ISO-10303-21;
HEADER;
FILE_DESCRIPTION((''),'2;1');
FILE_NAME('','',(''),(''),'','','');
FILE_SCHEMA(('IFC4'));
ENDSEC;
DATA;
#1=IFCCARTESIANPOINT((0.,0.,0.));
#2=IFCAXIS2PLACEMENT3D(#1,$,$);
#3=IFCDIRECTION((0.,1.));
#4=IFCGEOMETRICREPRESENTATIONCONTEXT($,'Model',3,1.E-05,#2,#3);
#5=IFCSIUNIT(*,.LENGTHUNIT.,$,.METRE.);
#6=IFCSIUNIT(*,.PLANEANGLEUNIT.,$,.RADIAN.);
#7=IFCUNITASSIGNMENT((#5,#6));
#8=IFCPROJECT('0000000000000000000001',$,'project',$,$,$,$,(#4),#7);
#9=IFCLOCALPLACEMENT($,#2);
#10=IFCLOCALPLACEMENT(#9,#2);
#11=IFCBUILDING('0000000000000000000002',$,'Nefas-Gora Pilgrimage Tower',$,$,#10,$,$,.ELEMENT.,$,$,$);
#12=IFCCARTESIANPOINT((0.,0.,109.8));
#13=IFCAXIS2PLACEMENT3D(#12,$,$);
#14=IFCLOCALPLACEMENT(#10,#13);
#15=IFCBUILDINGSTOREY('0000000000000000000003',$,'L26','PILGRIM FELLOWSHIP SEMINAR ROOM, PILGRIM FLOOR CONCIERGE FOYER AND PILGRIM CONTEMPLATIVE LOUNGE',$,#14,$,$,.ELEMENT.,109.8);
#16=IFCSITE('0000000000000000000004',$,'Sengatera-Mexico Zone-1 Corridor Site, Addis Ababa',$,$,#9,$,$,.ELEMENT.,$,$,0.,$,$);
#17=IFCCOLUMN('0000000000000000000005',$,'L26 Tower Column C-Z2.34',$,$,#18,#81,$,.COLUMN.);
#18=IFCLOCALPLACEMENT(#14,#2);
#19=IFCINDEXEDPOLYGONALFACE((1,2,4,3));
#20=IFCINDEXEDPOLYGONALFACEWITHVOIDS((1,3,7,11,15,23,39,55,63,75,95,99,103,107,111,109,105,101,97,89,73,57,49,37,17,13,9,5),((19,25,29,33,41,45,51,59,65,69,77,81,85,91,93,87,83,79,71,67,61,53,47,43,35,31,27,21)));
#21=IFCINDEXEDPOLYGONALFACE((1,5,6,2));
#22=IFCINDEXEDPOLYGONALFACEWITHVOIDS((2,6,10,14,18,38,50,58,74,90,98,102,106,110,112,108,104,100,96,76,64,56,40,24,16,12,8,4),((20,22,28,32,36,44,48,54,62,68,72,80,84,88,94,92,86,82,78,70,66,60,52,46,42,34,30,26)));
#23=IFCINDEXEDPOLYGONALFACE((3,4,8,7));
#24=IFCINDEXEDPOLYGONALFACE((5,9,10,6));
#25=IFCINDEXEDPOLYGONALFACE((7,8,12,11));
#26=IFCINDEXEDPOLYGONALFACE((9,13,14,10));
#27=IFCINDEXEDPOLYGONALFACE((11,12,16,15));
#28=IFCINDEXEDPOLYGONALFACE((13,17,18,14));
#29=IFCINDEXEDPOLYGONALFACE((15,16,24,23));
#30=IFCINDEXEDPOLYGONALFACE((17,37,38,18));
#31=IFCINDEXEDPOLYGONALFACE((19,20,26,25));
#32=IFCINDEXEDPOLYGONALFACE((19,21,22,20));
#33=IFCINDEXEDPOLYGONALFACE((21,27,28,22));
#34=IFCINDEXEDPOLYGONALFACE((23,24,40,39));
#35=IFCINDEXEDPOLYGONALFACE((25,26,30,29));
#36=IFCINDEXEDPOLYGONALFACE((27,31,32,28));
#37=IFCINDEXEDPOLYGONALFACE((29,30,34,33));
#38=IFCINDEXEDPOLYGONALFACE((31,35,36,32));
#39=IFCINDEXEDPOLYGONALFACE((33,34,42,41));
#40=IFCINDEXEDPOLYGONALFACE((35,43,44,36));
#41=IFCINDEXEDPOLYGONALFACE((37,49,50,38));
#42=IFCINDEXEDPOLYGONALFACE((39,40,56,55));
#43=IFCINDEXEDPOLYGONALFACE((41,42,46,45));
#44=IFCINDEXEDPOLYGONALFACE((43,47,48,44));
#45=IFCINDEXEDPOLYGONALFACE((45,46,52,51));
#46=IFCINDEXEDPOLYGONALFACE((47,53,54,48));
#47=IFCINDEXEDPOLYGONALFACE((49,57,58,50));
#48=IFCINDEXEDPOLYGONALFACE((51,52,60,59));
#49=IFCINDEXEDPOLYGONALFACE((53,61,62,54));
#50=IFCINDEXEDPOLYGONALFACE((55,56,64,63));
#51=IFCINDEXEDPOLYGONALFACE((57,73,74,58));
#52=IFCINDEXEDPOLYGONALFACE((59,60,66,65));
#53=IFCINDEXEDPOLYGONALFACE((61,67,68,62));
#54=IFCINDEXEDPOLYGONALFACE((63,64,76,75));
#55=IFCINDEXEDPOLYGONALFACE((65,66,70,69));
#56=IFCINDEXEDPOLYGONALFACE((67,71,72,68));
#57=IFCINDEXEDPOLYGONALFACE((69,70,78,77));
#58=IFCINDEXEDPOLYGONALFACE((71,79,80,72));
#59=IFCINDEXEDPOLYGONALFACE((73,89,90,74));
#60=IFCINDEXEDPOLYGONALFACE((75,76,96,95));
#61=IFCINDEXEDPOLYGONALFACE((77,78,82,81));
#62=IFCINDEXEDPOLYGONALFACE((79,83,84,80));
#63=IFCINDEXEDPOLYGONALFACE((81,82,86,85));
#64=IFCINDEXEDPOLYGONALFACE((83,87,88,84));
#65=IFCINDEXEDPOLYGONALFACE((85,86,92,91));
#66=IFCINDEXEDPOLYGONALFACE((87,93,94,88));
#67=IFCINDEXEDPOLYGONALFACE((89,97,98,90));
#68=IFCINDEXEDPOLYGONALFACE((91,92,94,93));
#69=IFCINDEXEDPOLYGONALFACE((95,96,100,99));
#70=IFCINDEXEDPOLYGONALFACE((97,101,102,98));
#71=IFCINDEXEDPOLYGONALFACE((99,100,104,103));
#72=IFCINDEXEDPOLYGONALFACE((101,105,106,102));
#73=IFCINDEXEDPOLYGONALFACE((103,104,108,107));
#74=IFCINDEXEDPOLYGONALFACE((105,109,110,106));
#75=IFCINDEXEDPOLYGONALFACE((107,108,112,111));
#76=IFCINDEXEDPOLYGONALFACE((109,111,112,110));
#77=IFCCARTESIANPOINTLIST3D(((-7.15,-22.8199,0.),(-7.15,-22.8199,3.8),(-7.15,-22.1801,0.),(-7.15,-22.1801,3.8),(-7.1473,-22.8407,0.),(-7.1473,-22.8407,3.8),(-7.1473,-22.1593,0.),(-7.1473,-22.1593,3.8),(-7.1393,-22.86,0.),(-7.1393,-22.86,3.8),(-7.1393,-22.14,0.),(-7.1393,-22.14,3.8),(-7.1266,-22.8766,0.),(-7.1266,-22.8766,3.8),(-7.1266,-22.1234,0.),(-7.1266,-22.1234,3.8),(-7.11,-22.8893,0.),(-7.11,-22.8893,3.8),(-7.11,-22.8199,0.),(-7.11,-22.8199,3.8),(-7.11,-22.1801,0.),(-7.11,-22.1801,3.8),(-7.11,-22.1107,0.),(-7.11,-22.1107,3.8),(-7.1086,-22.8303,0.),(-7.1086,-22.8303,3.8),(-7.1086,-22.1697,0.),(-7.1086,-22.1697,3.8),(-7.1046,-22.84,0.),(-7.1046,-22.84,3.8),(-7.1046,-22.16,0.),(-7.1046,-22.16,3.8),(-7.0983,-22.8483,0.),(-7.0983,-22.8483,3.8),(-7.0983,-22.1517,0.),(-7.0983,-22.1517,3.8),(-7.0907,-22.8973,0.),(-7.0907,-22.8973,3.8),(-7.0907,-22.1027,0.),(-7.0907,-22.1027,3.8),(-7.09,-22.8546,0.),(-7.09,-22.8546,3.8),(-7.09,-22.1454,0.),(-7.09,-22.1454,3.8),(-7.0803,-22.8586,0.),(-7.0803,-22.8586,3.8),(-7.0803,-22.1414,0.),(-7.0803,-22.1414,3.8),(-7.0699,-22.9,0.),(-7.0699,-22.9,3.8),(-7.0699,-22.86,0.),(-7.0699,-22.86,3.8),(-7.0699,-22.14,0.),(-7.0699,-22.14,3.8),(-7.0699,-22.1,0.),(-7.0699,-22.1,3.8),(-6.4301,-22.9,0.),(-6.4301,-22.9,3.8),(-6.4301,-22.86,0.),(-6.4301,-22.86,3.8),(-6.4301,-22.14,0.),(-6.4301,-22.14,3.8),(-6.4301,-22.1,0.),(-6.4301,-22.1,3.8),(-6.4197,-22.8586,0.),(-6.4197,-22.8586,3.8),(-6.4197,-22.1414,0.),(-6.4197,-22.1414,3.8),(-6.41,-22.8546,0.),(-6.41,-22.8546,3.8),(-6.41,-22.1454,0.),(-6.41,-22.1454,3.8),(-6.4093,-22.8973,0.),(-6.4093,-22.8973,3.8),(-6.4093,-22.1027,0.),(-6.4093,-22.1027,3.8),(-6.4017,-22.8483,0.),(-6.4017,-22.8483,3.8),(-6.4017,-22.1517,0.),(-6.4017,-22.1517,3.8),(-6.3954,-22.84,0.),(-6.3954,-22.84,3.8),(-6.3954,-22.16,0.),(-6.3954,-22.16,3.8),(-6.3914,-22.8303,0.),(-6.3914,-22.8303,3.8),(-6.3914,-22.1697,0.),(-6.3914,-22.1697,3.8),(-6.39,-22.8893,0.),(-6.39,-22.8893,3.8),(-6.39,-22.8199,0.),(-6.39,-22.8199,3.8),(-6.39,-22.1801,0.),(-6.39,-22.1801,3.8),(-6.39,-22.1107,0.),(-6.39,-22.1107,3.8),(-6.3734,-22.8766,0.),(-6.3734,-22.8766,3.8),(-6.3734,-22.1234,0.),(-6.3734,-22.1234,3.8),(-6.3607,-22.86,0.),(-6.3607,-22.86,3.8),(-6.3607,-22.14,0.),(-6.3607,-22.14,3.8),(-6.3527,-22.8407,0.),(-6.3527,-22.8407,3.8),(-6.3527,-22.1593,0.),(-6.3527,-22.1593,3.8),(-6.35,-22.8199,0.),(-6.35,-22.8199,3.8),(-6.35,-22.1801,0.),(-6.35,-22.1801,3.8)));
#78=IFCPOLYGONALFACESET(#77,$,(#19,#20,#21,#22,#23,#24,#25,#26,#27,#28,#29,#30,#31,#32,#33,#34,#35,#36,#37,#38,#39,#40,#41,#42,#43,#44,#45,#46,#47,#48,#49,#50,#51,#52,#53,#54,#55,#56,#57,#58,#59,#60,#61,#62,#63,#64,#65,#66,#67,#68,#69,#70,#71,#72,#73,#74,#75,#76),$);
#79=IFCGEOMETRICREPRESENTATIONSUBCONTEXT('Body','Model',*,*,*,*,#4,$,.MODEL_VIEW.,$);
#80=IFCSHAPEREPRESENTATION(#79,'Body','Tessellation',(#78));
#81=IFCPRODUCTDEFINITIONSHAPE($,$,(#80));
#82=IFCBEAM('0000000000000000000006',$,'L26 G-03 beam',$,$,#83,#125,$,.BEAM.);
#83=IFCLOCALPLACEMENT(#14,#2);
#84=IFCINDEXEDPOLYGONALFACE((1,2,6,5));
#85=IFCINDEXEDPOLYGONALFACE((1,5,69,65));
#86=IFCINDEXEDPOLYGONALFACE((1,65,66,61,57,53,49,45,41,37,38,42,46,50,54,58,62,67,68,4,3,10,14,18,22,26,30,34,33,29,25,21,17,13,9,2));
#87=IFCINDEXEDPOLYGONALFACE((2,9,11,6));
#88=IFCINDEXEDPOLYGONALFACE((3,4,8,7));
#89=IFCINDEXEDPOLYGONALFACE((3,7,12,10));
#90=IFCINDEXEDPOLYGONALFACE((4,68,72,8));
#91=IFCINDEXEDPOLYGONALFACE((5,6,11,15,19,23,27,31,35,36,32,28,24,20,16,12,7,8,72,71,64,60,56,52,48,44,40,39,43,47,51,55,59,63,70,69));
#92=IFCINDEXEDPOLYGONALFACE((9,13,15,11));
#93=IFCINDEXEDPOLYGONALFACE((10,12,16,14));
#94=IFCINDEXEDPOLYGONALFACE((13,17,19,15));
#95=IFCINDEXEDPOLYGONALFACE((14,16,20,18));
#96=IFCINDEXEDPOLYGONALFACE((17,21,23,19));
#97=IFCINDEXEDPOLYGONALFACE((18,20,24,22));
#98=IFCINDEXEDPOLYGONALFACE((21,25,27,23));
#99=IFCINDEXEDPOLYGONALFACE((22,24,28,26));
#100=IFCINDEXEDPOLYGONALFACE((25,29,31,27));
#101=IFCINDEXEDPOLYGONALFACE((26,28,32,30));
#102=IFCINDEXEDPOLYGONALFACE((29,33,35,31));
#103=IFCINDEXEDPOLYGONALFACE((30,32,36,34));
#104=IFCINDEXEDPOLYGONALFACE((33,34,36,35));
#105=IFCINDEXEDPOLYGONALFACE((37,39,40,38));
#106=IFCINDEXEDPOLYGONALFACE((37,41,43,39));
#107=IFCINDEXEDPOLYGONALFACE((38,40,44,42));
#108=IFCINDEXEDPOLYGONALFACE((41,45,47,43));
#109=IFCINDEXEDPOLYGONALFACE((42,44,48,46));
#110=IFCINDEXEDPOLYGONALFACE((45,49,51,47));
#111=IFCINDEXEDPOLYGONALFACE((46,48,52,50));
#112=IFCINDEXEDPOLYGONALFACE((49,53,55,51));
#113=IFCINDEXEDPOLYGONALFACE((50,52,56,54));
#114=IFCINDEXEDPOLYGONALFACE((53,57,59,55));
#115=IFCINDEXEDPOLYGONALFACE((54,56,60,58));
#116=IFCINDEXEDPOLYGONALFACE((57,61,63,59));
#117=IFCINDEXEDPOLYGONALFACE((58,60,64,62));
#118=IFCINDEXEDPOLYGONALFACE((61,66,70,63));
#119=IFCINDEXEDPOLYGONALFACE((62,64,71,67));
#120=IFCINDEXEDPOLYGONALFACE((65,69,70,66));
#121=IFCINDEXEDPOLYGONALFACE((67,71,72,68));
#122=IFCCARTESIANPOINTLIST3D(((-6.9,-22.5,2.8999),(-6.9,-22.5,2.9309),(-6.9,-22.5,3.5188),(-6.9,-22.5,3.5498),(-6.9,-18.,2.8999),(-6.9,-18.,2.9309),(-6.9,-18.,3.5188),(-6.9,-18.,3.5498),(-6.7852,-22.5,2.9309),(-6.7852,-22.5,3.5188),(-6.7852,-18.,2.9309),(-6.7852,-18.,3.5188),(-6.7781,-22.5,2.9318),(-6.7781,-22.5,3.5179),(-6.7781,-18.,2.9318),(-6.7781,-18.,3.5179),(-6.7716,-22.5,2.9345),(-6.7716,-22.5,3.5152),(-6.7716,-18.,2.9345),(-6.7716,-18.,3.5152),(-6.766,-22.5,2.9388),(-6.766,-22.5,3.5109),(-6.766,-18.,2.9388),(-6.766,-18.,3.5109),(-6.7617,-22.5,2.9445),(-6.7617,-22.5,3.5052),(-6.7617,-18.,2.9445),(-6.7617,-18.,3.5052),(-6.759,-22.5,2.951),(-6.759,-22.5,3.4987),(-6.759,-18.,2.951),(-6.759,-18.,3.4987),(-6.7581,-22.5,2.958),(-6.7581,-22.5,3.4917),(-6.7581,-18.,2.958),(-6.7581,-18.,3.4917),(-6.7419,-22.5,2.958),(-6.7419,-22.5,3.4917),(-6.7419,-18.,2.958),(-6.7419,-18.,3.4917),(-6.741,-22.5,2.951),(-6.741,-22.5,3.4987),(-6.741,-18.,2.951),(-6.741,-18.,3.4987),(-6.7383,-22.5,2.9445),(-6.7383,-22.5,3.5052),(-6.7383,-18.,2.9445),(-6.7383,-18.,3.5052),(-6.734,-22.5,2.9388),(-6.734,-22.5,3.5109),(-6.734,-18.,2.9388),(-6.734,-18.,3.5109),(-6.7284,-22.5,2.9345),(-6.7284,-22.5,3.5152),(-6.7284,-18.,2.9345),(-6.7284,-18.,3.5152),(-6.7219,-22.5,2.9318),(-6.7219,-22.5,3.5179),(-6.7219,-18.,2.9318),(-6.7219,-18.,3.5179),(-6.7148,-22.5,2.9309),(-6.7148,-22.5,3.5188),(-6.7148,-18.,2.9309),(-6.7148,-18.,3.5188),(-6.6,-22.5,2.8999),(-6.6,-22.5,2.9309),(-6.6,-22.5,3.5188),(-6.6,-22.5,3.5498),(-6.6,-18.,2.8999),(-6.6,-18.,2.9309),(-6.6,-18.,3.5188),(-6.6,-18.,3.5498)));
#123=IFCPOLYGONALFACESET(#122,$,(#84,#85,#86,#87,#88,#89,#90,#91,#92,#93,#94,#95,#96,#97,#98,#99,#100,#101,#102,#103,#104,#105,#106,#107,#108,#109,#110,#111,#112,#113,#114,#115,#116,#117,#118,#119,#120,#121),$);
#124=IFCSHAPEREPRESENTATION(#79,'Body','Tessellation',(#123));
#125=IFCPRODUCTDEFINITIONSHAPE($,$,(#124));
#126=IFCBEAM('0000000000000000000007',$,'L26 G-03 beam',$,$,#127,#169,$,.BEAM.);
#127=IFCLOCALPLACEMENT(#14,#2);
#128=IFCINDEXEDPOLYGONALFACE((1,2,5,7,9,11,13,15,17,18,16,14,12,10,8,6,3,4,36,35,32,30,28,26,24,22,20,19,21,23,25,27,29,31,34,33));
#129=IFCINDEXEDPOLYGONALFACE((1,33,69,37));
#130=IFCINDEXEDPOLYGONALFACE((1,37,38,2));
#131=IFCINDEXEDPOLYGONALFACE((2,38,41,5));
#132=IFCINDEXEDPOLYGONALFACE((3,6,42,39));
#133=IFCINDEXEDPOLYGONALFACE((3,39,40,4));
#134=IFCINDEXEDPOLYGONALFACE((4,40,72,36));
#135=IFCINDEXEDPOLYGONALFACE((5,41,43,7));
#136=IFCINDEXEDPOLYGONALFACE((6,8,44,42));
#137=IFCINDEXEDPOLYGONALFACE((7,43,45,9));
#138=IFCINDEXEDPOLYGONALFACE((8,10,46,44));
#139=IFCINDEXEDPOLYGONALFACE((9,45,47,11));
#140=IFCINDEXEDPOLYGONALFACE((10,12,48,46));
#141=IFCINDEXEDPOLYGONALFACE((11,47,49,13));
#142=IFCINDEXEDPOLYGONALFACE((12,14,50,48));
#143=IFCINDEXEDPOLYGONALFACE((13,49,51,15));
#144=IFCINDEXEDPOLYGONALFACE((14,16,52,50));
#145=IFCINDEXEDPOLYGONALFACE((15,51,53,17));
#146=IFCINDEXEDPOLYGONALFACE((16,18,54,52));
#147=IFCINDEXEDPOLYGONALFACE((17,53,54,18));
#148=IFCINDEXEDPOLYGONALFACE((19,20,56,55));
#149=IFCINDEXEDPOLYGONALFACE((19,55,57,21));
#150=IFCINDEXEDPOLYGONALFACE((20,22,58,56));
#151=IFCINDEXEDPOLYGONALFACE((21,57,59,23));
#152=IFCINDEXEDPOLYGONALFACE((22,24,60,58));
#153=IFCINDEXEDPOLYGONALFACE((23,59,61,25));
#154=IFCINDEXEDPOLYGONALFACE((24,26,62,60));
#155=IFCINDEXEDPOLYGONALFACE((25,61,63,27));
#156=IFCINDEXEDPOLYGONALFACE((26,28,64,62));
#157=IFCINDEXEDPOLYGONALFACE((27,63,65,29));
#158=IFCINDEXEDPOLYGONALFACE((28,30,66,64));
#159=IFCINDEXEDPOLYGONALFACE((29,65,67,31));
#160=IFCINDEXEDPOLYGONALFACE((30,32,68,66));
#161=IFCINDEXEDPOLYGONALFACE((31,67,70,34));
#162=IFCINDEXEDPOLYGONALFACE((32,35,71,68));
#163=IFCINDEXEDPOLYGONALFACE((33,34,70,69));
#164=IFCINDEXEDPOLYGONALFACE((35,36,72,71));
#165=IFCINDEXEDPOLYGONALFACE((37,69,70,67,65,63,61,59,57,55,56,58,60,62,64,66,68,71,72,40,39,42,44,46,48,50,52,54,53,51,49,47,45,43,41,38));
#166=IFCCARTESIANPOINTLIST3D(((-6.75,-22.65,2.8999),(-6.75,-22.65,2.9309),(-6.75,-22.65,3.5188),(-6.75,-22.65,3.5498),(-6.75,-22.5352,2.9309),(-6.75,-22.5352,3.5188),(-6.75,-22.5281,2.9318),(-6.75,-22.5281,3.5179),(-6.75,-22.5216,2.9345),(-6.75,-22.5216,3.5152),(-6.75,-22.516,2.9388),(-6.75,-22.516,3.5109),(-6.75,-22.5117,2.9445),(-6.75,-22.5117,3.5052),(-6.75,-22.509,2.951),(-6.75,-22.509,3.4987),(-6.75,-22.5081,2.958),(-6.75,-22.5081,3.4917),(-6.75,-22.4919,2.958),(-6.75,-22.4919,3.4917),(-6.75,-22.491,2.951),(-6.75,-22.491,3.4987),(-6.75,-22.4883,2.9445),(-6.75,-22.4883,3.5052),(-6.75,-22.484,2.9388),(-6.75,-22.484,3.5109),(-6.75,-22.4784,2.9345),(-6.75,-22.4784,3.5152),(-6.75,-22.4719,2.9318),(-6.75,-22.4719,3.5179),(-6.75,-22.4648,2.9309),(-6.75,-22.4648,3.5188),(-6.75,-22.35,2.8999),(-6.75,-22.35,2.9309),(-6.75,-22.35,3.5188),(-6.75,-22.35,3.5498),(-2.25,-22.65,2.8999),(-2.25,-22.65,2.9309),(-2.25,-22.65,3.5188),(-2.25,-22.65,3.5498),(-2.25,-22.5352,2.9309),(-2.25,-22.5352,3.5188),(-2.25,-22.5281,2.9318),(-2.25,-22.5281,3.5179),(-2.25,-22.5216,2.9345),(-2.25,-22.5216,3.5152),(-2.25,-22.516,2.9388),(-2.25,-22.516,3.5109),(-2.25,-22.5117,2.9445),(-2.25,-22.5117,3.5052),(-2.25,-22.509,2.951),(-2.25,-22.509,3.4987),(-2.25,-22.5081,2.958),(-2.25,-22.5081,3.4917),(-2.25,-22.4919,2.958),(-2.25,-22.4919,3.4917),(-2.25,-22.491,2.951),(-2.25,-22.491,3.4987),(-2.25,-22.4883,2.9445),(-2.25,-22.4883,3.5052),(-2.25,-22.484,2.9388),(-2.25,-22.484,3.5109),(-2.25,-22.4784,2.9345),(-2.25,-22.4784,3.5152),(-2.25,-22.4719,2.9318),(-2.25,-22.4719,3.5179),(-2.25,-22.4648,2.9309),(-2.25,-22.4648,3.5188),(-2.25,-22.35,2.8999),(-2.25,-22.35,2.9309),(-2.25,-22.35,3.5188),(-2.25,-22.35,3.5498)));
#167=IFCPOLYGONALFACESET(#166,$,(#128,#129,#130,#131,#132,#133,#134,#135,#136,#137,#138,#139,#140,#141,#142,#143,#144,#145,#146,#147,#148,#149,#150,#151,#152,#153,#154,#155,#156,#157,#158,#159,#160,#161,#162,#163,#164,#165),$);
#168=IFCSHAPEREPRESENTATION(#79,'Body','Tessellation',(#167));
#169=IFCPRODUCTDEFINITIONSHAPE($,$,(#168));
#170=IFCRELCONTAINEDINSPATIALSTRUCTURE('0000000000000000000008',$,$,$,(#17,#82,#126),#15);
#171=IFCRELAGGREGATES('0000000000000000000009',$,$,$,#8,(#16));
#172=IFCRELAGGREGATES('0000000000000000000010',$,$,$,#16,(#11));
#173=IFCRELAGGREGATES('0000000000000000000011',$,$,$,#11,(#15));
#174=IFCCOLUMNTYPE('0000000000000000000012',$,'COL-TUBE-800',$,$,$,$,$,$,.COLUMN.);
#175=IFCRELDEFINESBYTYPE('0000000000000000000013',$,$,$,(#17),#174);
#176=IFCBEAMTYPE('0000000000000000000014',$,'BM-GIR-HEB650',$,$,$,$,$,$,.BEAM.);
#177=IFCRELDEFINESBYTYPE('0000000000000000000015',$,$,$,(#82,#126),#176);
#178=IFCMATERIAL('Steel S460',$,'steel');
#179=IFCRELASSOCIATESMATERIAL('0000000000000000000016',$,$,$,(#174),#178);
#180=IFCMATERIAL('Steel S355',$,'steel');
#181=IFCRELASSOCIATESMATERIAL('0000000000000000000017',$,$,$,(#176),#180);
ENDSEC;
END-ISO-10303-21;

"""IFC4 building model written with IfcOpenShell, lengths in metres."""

from ifc_helpers import new_model, si_unit, direction, frame, origin, origin_2d, place, context, subcontext, project, spatial, hollow_rectangle, i_section, extrude, source, transform, mapped, material, material_profile, profile_set, type_object, element, save


model = new_model("IFC4")

# Units and contexts
model_context = context("Model", 3, precision=1e-05, world=origin(), true_north=direction((0.0, 1.0)))
body_context = subcontext(model_context, "Body", "Model", "MODEL_VIEW")
ifc_project = project(units=[si_unit("LENGTHUNIT", "METRE"), si_unit("PLANEANGLEUNIT", "RADIAN")], contexts=[model_context])

# Site, building, storey
site_placement = place(None, origin())
site = spatial("IfcSite", under=ifc_project, at=site_placement, Name="Sengatera-Mexico Zone-1 Corridor Site, Addis Ababa", CompositionType="ELEMENT", RefElevation=0.0)
building_placement = place(site_placement, origin())
building = spatial("IfcBuilding", under=site, at=building_placement, Name="Nefas-Gora Pilgrimage Tower", CompositionType="ELEMENT")
storey_placement = place(building_placement, frame((0.0, 0.0, 109.8)))
storey = spatial("IfcBuildingStorey", under=building, at=storey_placement, Name="L26", Description="PILGRIM FELLOWSHIP SEMINAR ROOM, PILGRIM FLOOR CONCIERGE FOYER AND PILGRIM CONTEMPLATIVE LOUNGE", CompositionType="ELEMENT", Elevation=109.8)

# Column
ifc_material_1 = material(Name="Steel S460", Category="steel")
ifc_material_profile_1 = material_profile(ifc_material_1, hollow_rectangle(XDim=0.8, YDim=0.8, WallThickness=0.04, InnerFilletRadius=0.04, OuterFilletRadius=0.0801, at=origin_2d()), Name="BOX 800x800x40")
ifc_profile_set_1 = profile_set([ifc_material_profile_1], Name="Steel S460")
column_type_1 = type_object("IfcColumnType", Name="COL-TUBE-800", PredefinedType="COLUMN", material=ifc_profile_set_1)
shared_shape_1 = source(origin(), body_context, "Body", "SweptSolid", [
    extrude(hollow_rectangle(XDim=0.8, YDim=0.8, WallThickness=0.04, InnerFilletRadius=0.04, OuterFilletRadius=0.0801, at=origin_2d()), origin(), (0.0, 0.0, 1.0), 3.8),
])
column_placement = place(storey_placement, frame((-6.75, -22.5, 0.0), z_axis=(0.0, 0.0, 1.0), x_axis=(1.0, 0.0, 0.0)))
element("IfcColumn", 1, at=column_placement, inside=storey, type_object=column_type_1, Name="L26 Tower Column C-Z2.34", PredefinedType="COLUMN", context=body_context, shape_type="MappedRepresentation", body=[
    mapped(shared_shape_1, transform((0.0, 0.0, 0.0), x_axis=(1.0, 0.0, 0.0), y_axis=(0.0, 1.0, 0.0), z_axis=(0.0, 0.0, 1.0), scale=1.0)),
])

# Beams
ifc_material_2 = material(Name="Steel S355", Category="steel")
ifc_material_profile_2 = material_profile(ifc_material_2, i_section(OverallWidth=0.3, OverallDepth=0.6499, WebThickness=0.0161, FlangeThickness=0.031, FilletRadius=0.0271, at=origin_2d()), Name="HEB 650")
ifc_profile_set_2 = profile_set([ifc_material_profile_2], Name="Steel S355")
beam_type = type_object("IfcBeamType", Name="BM-GIR-HEB650", PredefinedType="BEAM", material=ifc_profile_set_2)
shared_shape_2 = source(origin(), body_context, "Body", "SweptSolid", [
    extrude(i_section(OverallWidth=0.3, OverallDepth=0.6499, WebThickness=0.0161, FlangeThickness=0.031, FilletRadius=0.0271, at=origin_2d()), origin(), (0.0, 0.0, 1.0), 4.5),
])
for number, where, z_axis, x_axis, name in (
    (2, (-6.75, -22.5, 3.2249), (0.0, 1.0, 0.0), (-1.0, 0.0, 0.0), "L26 G-03 beam"),
    (3, (-6.75, -22.5, 3.2249), (1.0, 0.0, 0.0), (0.0, 1.0, 0.0), "L26 G-03 beam"),
):
    element("IfcBeam", number, at=place(storey_placement, frame(where, z_axis=z_axis, x_axis=x_axis)), inside=storey, type_object=beam_type, Name=name, PredefinedType="BEAM", context=body_context, shape_type="MappedRepresentation", body=[
        mapped(shared_shape_2, transform((0.0, 0.0, 0.0), x_axis=(1.0, 0.0, 0.0), y_axis=(0.0, 1.0, 0.0), z_axis=(0.0, 0.0, 1.0), scale=1.0)),
    ])

save(model, "model.ifc")
